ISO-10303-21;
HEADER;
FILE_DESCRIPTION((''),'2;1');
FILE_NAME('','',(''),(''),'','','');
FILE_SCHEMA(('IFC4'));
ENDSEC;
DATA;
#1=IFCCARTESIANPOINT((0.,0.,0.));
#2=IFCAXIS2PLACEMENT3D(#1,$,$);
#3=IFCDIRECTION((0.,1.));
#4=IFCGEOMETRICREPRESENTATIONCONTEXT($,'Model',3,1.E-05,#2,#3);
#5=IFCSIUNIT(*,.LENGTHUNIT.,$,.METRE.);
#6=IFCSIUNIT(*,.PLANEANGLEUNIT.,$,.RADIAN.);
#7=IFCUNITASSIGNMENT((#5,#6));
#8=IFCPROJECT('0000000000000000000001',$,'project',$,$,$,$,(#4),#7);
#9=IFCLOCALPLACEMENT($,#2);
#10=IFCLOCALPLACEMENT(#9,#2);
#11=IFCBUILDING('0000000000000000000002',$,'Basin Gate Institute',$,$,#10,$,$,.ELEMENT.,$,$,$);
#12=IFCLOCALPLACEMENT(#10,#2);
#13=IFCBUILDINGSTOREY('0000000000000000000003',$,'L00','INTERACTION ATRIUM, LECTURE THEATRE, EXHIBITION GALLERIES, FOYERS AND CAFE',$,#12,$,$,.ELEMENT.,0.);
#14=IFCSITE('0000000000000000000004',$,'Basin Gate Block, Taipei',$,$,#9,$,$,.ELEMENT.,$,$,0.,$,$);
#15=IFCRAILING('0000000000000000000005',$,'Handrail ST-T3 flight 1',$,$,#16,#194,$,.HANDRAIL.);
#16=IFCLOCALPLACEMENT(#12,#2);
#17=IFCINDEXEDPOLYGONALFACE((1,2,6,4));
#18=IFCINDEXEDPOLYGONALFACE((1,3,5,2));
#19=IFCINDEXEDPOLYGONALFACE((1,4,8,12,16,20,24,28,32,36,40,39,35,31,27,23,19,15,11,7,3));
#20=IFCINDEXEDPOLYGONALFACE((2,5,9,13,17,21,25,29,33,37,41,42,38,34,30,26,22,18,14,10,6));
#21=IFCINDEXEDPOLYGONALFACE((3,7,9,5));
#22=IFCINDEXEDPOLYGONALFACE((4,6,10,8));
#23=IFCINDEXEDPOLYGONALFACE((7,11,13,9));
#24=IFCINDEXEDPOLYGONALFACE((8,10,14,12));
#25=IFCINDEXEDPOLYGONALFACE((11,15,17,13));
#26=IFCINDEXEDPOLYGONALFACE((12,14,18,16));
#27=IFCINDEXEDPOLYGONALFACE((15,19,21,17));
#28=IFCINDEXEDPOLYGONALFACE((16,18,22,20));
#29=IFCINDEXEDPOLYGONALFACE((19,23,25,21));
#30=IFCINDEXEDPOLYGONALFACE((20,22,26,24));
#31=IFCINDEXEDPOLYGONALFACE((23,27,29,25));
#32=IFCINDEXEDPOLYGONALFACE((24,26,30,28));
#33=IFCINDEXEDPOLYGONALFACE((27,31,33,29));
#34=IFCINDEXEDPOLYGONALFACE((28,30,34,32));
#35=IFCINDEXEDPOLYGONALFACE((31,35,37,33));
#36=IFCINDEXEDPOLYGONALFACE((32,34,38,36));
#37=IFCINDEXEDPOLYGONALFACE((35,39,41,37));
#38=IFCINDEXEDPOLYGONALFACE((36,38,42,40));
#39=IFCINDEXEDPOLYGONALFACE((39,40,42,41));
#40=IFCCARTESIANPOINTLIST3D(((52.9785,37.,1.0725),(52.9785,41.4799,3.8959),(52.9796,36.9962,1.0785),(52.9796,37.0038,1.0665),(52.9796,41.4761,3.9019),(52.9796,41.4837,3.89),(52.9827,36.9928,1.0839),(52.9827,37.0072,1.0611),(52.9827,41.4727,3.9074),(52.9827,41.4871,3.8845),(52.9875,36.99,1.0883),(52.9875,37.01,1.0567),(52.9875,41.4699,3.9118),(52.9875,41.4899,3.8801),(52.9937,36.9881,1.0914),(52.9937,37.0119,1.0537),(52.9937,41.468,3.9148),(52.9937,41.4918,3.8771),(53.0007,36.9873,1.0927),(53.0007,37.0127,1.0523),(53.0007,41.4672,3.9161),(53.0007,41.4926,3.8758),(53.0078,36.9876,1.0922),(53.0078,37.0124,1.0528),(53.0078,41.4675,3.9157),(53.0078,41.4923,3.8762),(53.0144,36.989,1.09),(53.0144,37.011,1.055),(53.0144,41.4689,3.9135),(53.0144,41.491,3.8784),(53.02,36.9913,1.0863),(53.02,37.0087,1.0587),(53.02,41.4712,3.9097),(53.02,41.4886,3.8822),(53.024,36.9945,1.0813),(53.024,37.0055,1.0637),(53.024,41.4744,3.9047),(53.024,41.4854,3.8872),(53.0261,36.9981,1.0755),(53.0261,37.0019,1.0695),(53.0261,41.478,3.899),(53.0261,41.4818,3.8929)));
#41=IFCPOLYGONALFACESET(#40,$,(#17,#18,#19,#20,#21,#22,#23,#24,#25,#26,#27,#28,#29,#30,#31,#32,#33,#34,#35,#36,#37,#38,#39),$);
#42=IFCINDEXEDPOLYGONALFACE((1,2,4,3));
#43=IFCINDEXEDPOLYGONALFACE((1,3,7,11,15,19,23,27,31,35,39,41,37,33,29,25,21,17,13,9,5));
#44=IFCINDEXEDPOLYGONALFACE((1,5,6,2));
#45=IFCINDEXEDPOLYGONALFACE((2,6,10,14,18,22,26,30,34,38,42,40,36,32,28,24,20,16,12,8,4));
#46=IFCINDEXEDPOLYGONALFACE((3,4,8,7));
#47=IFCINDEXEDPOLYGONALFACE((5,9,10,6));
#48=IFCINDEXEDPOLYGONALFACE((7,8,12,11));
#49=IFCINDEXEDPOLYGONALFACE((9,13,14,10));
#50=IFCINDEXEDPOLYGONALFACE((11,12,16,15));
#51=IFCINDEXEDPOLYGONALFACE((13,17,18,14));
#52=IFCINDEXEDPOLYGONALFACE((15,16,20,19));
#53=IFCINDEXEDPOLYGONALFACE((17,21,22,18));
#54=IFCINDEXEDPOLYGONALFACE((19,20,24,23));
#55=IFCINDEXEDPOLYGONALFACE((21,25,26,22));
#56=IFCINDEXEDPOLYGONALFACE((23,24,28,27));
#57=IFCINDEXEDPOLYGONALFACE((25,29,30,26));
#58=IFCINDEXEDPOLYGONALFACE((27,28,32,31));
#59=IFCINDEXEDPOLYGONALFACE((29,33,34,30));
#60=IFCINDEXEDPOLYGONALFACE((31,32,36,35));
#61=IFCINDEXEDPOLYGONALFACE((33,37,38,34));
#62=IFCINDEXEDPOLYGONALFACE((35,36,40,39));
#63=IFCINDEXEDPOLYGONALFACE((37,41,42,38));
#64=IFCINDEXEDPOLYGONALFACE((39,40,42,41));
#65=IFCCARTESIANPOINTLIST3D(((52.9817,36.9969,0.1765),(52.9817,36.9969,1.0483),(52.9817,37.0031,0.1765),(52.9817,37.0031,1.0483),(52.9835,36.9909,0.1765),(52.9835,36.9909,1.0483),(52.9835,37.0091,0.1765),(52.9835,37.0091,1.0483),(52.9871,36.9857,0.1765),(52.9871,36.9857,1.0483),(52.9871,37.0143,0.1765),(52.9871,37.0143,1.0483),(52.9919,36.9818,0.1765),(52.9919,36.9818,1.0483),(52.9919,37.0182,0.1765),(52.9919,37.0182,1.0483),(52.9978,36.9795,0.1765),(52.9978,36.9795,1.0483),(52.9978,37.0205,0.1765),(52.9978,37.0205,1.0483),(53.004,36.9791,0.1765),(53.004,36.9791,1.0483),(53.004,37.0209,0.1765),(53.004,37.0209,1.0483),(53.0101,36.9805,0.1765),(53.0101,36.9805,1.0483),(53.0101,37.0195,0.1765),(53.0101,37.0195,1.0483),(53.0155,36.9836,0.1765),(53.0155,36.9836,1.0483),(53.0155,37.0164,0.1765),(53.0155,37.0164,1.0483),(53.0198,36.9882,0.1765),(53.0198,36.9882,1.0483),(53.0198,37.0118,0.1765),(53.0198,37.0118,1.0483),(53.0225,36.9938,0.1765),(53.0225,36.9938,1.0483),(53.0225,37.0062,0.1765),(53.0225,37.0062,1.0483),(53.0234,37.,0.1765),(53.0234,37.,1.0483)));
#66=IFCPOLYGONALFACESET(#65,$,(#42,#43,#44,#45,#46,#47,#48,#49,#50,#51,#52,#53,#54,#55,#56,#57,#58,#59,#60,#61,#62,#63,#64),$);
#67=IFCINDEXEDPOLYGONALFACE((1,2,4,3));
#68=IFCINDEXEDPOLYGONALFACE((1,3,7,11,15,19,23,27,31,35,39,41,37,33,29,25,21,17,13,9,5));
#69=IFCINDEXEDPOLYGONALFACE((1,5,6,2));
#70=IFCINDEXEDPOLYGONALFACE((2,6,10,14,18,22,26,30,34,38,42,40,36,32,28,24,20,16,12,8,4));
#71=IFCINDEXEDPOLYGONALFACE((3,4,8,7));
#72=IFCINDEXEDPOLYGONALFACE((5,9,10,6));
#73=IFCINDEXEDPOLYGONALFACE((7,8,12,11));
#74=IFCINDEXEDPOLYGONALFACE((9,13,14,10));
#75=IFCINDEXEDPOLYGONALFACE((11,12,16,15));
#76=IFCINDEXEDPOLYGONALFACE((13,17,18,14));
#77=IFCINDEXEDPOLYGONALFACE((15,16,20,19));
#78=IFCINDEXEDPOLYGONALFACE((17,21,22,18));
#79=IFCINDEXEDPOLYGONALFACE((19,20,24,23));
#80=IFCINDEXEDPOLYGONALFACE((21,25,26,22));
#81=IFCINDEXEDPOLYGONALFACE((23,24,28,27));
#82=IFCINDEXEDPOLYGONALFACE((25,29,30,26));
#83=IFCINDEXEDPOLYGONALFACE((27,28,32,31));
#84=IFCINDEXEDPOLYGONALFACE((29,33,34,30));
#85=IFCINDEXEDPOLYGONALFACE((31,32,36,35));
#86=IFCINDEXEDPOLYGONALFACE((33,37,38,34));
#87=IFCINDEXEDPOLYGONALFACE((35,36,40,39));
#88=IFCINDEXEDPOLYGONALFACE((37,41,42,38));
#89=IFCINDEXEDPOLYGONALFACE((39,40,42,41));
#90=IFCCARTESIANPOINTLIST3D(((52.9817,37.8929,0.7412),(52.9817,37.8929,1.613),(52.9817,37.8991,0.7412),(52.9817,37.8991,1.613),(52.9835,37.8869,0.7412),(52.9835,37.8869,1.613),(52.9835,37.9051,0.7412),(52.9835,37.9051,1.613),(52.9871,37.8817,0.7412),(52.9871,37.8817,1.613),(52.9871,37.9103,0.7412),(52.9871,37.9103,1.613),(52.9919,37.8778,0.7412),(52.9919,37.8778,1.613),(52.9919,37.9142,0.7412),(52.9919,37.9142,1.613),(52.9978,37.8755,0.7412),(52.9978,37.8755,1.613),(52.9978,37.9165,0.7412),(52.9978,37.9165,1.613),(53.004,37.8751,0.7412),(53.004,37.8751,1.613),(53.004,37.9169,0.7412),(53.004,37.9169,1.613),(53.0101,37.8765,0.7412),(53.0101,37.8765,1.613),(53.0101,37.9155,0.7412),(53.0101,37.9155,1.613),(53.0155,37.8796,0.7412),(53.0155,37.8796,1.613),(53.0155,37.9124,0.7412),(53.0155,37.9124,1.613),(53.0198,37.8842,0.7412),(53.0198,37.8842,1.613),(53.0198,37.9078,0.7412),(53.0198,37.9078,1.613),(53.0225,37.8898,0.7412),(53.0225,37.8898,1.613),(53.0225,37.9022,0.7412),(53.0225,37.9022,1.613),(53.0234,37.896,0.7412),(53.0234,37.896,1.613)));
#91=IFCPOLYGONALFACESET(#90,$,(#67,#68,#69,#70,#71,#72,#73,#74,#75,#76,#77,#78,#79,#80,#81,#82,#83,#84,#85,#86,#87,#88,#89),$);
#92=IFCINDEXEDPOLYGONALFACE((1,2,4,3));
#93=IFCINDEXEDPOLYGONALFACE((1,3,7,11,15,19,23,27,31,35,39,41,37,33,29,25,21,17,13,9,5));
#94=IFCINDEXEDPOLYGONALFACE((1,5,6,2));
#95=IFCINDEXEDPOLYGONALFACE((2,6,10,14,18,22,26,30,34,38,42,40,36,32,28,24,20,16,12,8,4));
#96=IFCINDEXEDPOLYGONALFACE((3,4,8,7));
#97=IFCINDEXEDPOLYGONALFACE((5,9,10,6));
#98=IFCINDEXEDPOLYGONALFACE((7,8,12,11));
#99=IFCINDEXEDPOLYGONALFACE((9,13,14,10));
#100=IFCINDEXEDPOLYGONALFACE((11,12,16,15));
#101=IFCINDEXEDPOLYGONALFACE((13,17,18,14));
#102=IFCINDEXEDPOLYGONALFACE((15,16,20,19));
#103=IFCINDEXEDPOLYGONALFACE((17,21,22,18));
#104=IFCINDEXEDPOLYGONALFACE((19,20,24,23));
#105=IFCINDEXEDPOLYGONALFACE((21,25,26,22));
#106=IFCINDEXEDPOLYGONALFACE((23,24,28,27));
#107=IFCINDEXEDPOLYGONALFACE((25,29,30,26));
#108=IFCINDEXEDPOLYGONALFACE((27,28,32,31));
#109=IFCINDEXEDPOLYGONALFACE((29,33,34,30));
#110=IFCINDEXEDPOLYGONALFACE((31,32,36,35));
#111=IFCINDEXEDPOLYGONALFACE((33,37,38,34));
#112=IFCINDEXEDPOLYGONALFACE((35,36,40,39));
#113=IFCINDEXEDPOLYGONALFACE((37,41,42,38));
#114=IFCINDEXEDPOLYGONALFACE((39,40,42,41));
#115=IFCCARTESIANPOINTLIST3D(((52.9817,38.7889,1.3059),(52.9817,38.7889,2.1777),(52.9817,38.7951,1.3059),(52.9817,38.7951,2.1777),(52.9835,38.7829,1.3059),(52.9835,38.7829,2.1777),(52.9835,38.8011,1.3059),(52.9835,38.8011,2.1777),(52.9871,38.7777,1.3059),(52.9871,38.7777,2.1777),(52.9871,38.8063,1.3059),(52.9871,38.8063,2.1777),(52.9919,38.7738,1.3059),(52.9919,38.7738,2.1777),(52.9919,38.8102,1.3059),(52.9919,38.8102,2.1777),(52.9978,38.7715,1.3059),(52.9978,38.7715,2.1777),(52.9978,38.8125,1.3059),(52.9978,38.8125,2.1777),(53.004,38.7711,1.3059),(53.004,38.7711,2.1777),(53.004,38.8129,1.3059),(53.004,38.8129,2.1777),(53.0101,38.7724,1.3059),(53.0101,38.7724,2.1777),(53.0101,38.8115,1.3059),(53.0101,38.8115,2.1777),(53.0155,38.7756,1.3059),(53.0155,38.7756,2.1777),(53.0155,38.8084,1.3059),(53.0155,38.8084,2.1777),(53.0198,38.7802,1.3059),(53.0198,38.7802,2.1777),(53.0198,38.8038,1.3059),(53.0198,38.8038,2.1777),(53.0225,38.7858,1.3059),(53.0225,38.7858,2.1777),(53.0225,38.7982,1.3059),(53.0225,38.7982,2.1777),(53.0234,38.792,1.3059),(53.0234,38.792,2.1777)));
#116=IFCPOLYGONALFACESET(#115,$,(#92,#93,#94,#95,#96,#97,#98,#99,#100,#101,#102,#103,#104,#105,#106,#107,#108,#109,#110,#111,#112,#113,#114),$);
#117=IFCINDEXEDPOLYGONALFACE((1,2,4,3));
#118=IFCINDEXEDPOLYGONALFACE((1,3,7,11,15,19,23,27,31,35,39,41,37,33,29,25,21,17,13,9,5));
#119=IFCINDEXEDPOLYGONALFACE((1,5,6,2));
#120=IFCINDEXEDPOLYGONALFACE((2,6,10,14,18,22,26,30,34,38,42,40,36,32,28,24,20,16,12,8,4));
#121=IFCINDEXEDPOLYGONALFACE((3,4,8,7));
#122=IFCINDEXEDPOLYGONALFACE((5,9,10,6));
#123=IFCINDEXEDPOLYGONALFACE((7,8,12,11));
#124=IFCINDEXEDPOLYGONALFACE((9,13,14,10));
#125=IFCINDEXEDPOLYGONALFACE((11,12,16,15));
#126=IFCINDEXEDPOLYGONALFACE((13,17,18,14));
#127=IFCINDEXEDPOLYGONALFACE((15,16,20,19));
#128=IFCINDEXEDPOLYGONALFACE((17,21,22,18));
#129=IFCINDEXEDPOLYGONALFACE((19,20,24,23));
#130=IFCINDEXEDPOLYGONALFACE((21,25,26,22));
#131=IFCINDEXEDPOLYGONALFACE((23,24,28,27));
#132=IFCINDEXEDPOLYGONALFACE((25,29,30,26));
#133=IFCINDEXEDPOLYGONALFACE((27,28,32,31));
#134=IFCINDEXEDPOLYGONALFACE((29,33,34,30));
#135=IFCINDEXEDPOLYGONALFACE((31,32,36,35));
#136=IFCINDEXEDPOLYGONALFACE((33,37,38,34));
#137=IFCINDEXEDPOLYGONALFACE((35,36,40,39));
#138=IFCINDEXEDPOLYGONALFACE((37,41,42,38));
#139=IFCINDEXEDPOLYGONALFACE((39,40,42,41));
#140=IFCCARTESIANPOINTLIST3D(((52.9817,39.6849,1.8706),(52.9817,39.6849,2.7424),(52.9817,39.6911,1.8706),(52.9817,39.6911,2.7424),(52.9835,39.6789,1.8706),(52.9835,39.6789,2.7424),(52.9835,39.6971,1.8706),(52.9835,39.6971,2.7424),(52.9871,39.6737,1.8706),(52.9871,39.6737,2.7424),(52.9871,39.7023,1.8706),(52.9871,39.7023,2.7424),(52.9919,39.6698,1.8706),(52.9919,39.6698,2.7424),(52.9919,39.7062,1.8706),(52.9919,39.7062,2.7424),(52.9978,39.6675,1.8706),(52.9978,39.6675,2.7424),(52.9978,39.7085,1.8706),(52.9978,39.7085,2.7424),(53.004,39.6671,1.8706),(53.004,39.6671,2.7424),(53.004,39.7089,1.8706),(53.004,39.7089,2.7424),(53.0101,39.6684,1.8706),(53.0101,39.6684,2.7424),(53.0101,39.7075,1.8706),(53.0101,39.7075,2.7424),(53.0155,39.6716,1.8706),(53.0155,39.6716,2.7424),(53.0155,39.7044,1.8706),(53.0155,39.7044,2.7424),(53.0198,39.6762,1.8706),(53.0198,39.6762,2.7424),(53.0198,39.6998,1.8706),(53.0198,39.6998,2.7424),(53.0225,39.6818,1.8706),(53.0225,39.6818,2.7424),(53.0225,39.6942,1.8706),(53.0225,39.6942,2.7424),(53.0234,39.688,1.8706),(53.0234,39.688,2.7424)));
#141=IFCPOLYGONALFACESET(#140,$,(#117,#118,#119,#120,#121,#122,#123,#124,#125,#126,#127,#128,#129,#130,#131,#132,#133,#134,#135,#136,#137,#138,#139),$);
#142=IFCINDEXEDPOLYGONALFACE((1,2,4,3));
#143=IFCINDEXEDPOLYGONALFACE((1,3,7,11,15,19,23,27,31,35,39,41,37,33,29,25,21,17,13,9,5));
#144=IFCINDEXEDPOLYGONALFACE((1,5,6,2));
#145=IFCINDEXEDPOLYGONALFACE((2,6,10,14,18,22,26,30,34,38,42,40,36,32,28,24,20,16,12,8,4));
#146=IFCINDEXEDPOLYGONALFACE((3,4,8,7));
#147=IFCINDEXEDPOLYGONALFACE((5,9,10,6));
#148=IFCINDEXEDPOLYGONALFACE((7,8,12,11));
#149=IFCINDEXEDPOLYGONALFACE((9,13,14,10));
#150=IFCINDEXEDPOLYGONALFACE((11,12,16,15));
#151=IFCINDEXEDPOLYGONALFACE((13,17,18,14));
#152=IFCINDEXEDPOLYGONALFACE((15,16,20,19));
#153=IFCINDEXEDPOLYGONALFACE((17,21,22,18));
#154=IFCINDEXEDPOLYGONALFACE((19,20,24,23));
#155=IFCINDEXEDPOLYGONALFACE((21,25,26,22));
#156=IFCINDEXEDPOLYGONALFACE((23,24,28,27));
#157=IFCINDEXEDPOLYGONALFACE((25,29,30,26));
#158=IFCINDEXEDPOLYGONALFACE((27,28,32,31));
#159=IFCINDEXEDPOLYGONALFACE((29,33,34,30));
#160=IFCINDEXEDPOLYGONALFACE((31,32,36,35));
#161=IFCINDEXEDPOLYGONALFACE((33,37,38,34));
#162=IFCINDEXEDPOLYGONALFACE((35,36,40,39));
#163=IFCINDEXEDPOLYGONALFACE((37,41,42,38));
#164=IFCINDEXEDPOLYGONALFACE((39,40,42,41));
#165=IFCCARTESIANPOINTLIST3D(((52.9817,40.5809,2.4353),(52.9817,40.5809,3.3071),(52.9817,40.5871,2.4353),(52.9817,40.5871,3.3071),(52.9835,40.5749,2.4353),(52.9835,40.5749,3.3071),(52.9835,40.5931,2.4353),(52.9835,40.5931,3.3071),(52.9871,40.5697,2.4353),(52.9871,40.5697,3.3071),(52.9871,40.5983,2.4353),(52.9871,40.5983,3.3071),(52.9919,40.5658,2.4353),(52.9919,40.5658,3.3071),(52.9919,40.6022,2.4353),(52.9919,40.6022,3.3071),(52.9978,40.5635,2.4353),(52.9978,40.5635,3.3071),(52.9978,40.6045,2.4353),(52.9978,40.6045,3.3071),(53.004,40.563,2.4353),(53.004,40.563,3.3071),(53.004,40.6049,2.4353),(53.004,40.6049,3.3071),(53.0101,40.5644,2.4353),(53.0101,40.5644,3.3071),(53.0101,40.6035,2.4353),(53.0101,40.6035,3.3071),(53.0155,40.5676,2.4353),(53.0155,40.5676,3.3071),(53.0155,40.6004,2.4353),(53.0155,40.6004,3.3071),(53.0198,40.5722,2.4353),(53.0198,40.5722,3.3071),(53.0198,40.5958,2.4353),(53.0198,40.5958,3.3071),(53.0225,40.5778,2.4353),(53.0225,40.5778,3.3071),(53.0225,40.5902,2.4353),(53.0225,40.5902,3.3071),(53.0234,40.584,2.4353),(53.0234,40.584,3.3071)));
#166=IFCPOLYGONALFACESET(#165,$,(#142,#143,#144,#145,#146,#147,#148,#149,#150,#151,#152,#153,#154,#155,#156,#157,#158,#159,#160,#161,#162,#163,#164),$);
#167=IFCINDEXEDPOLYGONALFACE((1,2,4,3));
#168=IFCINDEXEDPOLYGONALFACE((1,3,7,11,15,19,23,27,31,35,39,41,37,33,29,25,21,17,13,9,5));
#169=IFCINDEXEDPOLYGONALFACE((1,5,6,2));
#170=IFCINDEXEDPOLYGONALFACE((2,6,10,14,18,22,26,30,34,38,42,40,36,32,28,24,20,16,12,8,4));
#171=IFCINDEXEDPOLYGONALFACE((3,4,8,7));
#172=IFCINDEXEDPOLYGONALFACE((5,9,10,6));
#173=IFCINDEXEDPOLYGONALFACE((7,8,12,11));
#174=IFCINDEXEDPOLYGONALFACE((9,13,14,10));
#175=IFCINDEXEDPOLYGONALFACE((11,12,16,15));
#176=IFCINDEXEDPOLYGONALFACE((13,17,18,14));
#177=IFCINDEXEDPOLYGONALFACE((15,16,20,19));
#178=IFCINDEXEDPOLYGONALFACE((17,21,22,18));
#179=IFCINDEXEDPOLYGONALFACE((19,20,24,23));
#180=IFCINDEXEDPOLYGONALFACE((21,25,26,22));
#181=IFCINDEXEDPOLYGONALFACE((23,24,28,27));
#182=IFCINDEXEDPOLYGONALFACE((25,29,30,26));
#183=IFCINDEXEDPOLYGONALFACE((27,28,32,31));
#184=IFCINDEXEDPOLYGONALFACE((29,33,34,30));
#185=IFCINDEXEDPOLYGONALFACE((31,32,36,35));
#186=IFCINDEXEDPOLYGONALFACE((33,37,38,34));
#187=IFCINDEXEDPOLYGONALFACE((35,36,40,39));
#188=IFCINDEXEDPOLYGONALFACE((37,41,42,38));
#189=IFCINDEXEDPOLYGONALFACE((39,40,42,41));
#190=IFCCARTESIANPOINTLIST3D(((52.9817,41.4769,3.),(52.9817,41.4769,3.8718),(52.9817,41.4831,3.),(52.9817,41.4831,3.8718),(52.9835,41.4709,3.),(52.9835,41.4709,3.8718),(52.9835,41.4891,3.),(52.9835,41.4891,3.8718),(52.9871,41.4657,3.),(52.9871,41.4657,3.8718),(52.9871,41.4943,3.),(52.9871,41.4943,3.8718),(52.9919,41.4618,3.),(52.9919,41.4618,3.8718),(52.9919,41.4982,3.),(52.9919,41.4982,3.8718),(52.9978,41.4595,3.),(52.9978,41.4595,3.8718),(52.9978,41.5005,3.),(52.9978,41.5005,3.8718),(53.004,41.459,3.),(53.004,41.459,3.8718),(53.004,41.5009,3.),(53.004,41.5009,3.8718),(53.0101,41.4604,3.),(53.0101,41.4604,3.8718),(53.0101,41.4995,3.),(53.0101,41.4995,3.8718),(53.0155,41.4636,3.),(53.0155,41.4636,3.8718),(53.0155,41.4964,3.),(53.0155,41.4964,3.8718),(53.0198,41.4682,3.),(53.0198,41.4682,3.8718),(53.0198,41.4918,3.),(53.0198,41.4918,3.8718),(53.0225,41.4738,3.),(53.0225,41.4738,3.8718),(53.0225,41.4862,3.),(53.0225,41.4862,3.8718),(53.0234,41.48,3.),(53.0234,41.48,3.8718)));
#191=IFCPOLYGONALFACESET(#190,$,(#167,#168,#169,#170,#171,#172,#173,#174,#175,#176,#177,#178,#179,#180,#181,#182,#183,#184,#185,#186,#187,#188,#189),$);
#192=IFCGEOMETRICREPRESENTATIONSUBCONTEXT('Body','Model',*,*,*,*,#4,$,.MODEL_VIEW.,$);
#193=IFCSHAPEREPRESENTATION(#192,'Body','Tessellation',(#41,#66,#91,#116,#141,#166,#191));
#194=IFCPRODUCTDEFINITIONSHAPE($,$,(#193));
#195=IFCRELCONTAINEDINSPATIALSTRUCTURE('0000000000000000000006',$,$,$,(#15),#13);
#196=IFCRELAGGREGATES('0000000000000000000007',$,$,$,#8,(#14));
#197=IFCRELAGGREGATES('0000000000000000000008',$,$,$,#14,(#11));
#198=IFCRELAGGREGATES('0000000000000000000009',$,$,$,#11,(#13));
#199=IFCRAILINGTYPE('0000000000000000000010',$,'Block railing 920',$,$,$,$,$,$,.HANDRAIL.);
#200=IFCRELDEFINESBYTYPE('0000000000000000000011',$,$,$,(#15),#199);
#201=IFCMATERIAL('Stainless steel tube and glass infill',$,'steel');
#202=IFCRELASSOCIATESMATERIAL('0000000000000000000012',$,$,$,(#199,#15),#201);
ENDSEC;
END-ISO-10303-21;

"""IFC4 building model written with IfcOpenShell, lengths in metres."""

from ifc_helpers import new_model, si_unit, direction, frame, origin, origin_2d, place, context, subcontext, project, spatial, circle, extrude, material, type_object, element, save


model = new_model("IFC4")

# Units and contexts
model_context = context("Model", 3, precision=1e-05, world=origin(), true_north=direction((0.0, 1.0)))
body_context = subcontext(model_context, "Body", "Model", "MODEL_VIEW")
ifc_project = project(units=[si_unit("LENGTHUNIT", "METRE"), si_unit("PLANEANGLEUNIT", "RADIAN")], contexts=[model_context])

# Site, building, storey
site_placement = place(None, origin())
site = spatial("IfcSite", under=ifc_project, at=site_placement, Name="Basin Gate Block, Taipei", CompositionType="ELEMENT", RefElevation=0.0)
building_placement = place(site_placement, origin())
building = spatial("IfcBuilding", under=site, at=building_placement, Name="Basin Gate Institute", CompositionType="ELEMENT")
storey_placement = place(building_placement, origin())
storey = spatial("IfcBuildingStorey", under=building, at=storey_placement, Name="L00", Description="INTERACTION ATRIUM, LECTURE THEATRE, EXHIBITION GALLERIES, FOYERS AND CAFE", CompositionType="ELEMENT", Elevation=0.0)

# Railing
ifc_material_1 = material(Name="Stainless steel tube and glass infill", Category="steel")
railing_type_1 = type_object("IfcRailingType", Name="Block railing 920", PredefinedType="HANDRAIL", material=ifc_material_1)
for number, where, name in (
    (1, (53.0024, 37.0, 0.1765), "Handrail ST-T3 flight 1"),
):
    element("IfcRailing", number, at=place(storey_placement, frame(where)), inside=storey, type_object=railing_type_1, material=ifc_material_1, Name=name, PredefinedType="HANDRAIL", context=body_context, shape_type="SweptSolid", body=[
        extrude(circle(Radius=0.0239, at=origin_2d()), frame((0.0, 0.0, 0.896), z_axis=(0.0, 0.845998, 0.533186), x_axis=(-1.0, 0.0, 0.0)), (0.0, 0.0, 1.0), 5.2954),
        extrude(circle(Radius=0.021, at=origin_2d()), origin(), (0.0, 0.0, 1.0), 0.8718),
        extrude(circle(Radius=0.021, at=origin_2d()), frame((0.0, 0.896, 0.5647)), (0.0, 0.0, 1.0), 0.8718),
        extrude(circle(Radius=0.021, at=origin_2d()), frame((0.0, 1.792, 1.1294)), (0.0, 0.0, 1.0), 0.8718),
        extrude(circle(Radius=0.021, at=origin_2d()), frame((0.0, 2.688, 1.6941)), (0.0, 0.0, 1.0), 0.8718),
        extrude(circle(Radius=0.021, at=origin_2d()), frame((0.0, 3.584, 2.2588)), (0.0, 0.0, 1.0), 0.8718),
        extrude(circle(Radius=0.021, at=origin_2d()), frame((0.0, 4.48, 2.8235)), (0.0, 0.0, 1.0), 0.8718),
    ])

save(model, "model.ifc")
